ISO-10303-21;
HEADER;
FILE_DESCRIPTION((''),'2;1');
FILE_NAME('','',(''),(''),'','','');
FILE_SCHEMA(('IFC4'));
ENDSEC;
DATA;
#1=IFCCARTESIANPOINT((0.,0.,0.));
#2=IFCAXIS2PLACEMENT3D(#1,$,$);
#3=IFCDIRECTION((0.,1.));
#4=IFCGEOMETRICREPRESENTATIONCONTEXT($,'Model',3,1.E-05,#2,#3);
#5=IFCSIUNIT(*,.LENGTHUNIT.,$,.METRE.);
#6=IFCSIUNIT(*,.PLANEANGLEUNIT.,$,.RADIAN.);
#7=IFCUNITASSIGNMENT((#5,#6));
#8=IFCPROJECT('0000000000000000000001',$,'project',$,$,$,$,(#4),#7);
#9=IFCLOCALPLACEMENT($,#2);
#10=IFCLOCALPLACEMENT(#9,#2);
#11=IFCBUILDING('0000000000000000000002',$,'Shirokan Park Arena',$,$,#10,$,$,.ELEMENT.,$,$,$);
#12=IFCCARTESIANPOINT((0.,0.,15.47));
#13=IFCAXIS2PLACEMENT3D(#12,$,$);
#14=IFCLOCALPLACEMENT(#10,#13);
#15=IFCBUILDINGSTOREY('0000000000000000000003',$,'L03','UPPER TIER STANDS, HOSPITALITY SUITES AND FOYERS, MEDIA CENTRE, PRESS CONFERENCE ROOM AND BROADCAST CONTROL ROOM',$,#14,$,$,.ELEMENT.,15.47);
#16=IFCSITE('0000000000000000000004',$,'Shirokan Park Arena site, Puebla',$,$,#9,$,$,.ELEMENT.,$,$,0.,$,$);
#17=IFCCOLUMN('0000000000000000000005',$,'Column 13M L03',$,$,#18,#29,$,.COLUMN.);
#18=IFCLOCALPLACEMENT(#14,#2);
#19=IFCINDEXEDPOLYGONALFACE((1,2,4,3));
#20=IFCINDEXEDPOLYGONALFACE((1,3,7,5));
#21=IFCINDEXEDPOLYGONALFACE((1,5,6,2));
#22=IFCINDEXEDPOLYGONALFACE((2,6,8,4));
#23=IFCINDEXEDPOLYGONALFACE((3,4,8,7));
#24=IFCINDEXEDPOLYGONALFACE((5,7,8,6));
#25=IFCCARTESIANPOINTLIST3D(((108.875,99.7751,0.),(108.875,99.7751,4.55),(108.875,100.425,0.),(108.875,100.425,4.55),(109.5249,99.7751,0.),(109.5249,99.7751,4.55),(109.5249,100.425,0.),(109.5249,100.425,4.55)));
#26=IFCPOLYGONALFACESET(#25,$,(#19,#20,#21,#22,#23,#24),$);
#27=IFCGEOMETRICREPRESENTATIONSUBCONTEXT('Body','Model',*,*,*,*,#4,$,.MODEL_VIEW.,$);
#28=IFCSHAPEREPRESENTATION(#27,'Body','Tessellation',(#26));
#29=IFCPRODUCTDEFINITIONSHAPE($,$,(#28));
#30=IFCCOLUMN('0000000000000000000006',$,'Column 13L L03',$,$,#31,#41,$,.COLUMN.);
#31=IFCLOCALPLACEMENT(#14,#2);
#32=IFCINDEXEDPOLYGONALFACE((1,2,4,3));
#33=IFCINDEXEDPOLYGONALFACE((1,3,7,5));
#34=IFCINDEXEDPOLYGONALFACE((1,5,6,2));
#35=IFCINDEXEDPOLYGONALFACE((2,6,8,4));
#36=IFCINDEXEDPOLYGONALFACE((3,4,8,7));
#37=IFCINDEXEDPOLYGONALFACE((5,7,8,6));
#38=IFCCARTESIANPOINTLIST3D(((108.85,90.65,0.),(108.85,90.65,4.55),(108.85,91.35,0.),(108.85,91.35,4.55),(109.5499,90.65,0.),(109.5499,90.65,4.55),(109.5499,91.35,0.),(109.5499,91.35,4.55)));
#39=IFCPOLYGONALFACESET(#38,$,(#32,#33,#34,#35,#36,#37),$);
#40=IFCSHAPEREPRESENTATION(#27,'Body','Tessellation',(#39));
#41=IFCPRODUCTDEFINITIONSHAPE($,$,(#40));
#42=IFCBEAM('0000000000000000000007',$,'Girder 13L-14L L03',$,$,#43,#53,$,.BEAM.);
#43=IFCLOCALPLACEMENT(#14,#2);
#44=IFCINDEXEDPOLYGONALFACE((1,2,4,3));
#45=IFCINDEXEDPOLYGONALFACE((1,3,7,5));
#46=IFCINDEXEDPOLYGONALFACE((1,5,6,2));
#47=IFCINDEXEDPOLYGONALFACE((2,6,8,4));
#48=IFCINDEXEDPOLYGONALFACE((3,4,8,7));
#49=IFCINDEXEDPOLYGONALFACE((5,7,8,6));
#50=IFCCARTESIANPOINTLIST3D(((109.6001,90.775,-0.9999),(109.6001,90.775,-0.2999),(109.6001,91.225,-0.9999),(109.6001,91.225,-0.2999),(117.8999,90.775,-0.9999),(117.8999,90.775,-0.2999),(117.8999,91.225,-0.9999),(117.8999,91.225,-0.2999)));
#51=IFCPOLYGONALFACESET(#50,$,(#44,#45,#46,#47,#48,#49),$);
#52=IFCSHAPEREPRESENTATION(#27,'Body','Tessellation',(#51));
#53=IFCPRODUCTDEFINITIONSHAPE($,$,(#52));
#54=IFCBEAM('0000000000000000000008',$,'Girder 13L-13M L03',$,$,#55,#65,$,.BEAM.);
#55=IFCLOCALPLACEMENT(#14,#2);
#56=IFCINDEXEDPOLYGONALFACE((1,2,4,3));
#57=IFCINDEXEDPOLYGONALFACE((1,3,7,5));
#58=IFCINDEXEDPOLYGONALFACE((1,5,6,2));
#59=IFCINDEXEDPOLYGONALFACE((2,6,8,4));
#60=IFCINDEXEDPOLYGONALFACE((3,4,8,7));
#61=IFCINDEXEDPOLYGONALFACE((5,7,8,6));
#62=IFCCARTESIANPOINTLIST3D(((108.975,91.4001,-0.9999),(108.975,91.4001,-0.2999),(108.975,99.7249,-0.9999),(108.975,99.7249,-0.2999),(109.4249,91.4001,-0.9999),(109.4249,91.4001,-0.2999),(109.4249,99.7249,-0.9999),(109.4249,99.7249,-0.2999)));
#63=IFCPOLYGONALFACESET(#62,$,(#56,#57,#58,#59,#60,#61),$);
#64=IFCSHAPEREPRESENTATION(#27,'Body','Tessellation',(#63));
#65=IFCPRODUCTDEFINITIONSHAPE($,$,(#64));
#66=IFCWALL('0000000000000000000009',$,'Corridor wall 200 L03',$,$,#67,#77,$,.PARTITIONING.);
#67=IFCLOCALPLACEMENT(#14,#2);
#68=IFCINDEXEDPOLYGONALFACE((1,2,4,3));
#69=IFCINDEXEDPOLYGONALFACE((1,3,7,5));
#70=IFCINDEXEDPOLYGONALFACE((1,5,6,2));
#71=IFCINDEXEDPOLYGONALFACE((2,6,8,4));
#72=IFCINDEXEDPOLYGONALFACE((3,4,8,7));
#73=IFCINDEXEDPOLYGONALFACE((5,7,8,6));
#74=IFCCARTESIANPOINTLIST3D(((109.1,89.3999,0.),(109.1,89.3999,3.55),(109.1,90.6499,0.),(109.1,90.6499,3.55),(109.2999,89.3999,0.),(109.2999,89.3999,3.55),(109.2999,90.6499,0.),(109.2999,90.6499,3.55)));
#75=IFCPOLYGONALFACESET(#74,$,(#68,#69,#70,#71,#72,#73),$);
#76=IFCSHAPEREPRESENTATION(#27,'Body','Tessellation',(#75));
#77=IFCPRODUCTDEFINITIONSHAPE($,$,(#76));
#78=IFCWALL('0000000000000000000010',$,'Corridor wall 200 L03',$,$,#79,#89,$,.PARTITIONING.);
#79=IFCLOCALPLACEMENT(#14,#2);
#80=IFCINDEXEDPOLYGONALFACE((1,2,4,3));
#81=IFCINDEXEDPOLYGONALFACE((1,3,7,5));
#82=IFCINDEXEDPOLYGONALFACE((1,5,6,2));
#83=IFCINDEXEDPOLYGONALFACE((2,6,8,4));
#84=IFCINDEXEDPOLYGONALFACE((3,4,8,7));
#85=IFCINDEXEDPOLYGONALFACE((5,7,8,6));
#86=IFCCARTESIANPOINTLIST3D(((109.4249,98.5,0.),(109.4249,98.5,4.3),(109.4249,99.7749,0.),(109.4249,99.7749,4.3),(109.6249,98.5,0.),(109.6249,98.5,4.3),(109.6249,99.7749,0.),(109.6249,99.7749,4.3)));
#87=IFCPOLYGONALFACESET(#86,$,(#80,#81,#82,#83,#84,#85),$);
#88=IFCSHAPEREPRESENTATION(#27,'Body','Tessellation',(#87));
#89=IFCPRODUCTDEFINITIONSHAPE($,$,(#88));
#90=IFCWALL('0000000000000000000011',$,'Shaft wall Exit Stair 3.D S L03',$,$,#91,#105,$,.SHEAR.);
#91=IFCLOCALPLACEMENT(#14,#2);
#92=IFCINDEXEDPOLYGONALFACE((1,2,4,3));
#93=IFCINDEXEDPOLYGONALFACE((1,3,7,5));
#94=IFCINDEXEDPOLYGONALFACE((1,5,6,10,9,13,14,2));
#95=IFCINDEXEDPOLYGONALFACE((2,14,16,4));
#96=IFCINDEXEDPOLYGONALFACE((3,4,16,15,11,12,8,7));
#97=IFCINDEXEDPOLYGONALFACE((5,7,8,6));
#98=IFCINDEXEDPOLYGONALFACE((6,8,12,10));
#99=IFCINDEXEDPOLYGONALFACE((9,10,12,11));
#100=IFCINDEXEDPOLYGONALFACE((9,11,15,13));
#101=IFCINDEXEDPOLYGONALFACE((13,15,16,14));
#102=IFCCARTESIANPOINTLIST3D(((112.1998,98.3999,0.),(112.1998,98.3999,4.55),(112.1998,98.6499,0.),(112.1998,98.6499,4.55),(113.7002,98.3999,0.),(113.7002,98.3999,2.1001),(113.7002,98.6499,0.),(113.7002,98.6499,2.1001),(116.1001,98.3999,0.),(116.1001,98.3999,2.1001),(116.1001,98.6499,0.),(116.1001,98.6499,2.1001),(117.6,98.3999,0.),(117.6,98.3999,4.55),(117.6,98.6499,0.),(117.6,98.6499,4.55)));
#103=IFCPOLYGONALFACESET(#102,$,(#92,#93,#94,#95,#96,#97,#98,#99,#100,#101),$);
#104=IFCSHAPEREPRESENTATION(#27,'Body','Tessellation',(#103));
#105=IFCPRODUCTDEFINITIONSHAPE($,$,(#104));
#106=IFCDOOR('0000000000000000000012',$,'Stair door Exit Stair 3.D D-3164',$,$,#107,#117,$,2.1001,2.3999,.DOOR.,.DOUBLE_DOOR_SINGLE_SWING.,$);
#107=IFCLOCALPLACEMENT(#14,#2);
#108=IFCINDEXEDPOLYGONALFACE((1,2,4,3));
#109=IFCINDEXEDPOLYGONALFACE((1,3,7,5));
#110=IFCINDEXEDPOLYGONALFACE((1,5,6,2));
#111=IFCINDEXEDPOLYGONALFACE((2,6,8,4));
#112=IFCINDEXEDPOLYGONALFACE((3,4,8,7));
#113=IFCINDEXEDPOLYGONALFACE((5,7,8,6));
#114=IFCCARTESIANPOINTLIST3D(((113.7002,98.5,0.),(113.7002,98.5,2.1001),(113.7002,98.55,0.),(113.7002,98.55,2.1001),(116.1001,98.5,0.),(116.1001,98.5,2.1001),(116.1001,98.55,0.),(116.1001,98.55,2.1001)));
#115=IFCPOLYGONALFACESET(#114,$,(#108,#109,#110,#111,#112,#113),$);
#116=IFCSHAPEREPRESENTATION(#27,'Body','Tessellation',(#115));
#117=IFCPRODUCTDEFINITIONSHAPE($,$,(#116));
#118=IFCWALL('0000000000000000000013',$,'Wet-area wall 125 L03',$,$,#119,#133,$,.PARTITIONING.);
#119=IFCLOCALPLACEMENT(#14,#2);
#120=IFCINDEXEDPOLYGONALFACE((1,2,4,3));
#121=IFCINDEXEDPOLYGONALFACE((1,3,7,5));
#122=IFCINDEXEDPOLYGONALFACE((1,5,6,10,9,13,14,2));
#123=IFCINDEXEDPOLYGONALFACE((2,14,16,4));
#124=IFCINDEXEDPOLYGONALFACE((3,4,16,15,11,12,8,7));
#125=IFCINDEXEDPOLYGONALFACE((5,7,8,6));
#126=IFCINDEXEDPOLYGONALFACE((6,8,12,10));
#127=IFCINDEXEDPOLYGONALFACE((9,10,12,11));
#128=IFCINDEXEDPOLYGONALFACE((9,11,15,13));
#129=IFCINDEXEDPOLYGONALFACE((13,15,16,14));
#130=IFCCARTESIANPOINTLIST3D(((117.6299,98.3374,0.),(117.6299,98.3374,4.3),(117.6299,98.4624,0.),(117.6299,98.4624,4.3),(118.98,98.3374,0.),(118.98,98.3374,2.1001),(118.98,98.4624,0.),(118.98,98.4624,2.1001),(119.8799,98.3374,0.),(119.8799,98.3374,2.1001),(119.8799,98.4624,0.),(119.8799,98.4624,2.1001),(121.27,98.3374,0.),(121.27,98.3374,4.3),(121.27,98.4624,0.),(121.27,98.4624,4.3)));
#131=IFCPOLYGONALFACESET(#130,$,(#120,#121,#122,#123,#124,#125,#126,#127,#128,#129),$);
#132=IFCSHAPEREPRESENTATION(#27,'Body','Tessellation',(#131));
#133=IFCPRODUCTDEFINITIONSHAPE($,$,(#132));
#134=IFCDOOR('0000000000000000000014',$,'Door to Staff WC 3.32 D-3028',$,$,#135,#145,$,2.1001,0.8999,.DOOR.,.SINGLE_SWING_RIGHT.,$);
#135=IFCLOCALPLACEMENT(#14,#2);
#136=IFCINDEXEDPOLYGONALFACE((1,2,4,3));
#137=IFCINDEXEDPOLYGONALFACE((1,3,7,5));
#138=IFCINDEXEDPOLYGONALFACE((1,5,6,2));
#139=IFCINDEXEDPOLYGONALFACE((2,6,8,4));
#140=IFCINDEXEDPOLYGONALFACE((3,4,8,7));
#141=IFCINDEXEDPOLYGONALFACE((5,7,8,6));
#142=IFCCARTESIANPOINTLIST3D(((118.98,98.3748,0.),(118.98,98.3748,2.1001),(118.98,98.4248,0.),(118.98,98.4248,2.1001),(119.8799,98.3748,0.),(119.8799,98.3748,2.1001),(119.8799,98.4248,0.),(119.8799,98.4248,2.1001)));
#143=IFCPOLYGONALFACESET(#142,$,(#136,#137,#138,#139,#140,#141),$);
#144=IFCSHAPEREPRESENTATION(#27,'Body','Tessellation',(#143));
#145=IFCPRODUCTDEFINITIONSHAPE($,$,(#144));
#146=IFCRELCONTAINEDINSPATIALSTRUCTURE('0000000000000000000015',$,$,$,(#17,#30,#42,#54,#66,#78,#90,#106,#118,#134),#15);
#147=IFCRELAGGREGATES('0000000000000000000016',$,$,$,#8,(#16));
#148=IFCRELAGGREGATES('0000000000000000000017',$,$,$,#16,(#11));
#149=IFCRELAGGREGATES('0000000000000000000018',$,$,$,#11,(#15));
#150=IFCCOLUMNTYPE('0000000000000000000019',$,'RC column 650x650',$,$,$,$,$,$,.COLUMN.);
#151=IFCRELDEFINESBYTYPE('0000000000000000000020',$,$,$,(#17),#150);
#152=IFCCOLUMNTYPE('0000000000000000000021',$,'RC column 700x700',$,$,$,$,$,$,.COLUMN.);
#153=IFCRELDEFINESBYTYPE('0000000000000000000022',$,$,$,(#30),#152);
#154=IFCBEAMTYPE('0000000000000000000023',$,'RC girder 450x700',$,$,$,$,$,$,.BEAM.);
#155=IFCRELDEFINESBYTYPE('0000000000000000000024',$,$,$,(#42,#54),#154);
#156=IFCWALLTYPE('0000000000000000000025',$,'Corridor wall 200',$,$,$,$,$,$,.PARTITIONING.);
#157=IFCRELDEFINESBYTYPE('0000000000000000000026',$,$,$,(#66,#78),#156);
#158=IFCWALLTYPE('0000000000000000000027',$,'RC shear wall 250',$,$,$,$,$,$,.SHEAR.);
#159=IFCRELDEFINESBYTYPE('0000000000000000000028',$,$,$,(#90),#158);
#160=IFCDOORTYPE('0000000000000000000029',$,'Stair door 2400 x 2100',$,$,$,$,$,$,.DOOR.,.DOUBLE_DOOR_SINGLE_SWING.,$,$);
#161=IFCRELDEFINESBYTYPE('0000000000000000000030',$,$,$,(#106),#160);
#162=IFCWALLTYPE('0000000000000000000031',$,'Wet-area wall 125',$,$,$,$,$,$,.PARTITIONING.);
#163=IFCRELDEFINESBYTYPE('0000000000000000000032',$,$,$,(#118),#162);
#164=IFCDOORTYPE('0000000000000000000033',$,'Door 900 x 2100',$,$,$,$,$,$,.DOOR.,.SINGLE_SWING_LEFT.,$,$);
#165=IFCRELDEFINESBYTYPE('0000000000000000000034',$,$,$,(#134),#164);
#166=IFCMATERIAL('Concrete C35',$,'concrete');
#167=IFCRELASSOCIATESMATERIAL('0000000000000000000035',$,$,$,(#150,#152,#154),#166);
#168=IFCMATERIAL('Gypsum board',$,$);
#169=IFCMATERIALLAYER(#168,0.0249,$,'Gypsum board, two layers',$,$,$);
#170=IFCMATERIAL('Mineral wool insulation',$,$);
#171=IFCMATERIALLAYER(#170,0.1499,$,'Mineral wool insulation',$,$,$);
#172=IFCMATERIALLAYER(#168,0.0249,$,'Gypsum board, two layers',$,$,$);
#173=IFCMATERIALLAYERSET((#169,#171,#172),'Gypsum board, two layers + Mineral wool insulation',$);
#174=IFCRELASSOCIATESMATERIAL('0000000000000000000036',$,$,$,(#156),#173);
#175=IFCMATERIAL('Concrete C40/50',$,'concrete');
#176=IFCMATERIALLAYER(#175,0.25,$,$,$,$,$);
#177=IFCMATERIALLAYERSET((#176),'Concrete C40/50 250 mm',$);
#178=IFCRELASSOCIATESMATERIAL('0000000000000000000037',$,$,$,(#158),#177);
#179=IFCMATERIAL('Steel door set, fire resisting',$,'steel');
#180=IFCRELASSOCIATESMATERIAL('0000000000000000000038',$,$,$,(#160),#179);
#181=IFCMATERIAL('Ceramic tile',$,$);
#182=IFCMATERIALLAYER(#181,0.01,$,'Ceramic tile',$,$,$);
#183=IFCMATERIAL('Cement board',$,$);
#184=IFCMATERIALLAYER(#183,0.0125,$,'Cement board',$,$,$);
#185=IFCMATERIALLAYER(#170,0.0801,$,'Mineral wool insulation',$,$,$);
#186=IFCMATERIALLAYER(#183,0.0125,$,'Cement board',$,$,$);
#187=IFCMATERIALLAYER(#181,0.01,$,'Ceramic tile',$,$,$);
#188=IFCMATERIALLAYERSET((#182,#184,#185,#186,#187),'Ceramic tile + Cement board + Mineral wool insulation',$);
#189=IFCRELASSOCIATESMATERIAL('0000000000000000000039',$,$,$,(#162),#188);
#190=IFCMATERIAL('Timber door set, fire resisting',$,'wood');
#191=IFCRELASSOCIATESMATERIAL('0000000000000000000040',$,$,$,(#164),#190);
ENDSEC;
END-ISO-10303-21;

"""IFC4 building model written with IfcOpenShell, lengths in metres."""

from ifc_helpers import new_model, si_unit, direction, frame, frame_2d, origin, origin_2d, place, context, subcontext, project, spatial, rectangle, extrude, material, layer, layer_set, material_profile, profile_set, type_object, element, fill, save


model = new_model("IFC4")

# Units and contexts
model_context = context("Model", 3, precision=1e-05, world=origin(), true_north=direction((0.0, 1.0)))
body_context = subcontext(model_context, "Body", "Model", "MODEL_VIEW")
ifc_project = project(units=[si_unit("LENGTHUNIT", "METRE"), si_unit("PLANEANGLEUNIT", "RADIAN")], contexts=[model_context])

# Site, building, storey
site_placement = place(None, origin())
site = spatial("IfcSite", under=ifc_project, at=site_placement, Name="Shirokan Park Arena site, Puebla", CompositionType="ELEMENT", RefElevation=0.0)
building_placement = place(site_placement, origin())
building = spatial("IfcBuilding", under=site, at=building_placement, Name="Shirokan Park Arena", CompositionType="ELEMENT")
storey_placement = place(building_placement, frame((0.0, 0.0, 15.47)))
storey = spatial("IfcBuildingStorey", under=building, at=storey_placement, Name="L03", Description="UPPER TIER STANDS, HOSPITALITY SUITES AND FOYERS, MEDIA CENTRE, PRESS CONFERENCE ROOM AND BROADCAST CONTROL ROOM", CompositionType="ELEMENT", Elevation=15.47)

# Columns
ifc_material_1 = material(Name="Concrete C35", Category="concrete")
ifc_material_profile_1 = material_profile(ifc_material_1, rectangle(XDim=0.6499, YDim=0.6499, at=origin_2d()), Name="650x650")
ifc_profile_set_1 = profile_set([ifc_material_profile_1], Name="Concrete C35")
column_type_1 = type_object("IfcColumnType", Name="RC column 650x650", PredefinedType="COLUMN", material=ifc_profile_set_1)
column_1_placement = place(storey_placement, frame((109.2, 100.1001, 0.0), z_axis=(0.0, 0.0, 1.0), x_axis=(1.0, 0.0, 0.0)))
element("IfcColumn", 1, at=column_1_placement, inside=storey, type_object=column_type_1, Name="Column 13M L03", PredefinedType="COLUMN", context=body_context, shape_type="SweptSolid", body=[
    extrude(rectangle(XDim=0.6499, YDim=0.6499, at=origin_2d()), origin(), (0.0, 0.0, 1.0), 4.55),
])
ifc_material_profile_2 = material_profile(ifc_material_1, rectangle(XDim=0.7, YDim=0.7, at=origin_2d()), Name="700x700")
ifc_profile_set_2 = profile_set([ifc_material_profile_2], Name="Concrete C35")
column_type_2 = type_object("IfcColumnType", Name="RC column 700x700", PredefinedType="COLUMN", material=ifc_profile_set_2)
column_2_placement = place(storey_placement, frame((109.2, 91.0, 0.0), z_axis=(0.0, 0.0, 1.0), x_axis=(1.0, 0.0, 0.0)))
element("IfcColumn", 2, at=column_2_placement, inside=storey, type_object=column_type_2, Name="Column 13L L03", PredefinedType="COLUMN", context=body_context, shape_type="SweptSolid", body=[
    extrude(rectangle(XDim=0.7, YDim=0.7, at=origin_2d()), origin(), (0.0, 0.0, 1.0), 4.55),
])

# Beams
ifc_material_profile_3 = material_profile(ifc_material_1, rectangle(XDim=0.45, YDim=0.7, at=origin_2d()), Name="450x700")
ifc_profile_set_3 = profile_set([ifc_material_profile_3], Name="Concrete C35")
beam_type = type_object("IfcBeamType", Name="RC girder 450x700", PredefinedType="BEAM", material=ifc_profile_set_3)
beam_1_placement = place(storey_placement, frame((109.6001, 91.0, -0.6499), z_axis=(1.0, 0.0, 0.0), x_axis=(0.0, 1.0, 0.0)))
element("IfcBeam", 3, at=beam_1_placement, inside=storey, type_object=beam_type, Name="Girder 13L-14L L03", PredefinedType="BEAM", context=body_context, shape_type="SweptSolid", body=[
    extrude(rectangle(XDim=0.45, YDim=0.7, at=origin_2d()), origin(), (0.0, 0.0, 1.0), 8.2998),
])
beam_2_placement = place(storey_placement, frame((109.2, 91.4001, -0.6499), z_axis=(0.0, 1.0, 0.0), x_axis=(-1.0, 0.0, 0.0)))
element("IfcBeam", 4, at=beam_2_placement, inside=storey, type_object=beam_type, Name="Girder 13L-13M L03", PredefinedType="BEAM", context=body_context, shape_type="SweptSolid", body=[
    extrude(rectangle(XDim=0.45, YDim=0.7, at=origin_2d()), origin(), (0.0, 0.0, 1.0), 8.3247),
])

# Wall
ifc_material_2 = material(Name="Gypsum board")
ifc_layer_1 = layer(ifc_material_2, 0.0249, Name="Gypsum board, two layers")
ifc_material_3 = material(Name="Mineral wool insulation")
ifc_layer_2 = layer(ifc_material_3, 0.1499, Name="Mineral wool insulation")
ifc_layer_3 = layer(ifc_material_2, 0.0249, Name="Gypsum board, two layers")
ifc_layer_set_1 = layer_set([ifc_layer_1, ifc_layer_2, ifc_layer_3], Name="Gypsum board, two layers + Mineral wool insulation")
wall_type_1 = type_object("IfcWallType", Name="Corridor wall 200", PredefinedType="PARTITIONING", material=ifc_layer_set_1)
wall_1_placement = place(storey_placement, frame((109.2, 89.3999, 0.0), z_axis=(0.0, 0.0, 1.0), x_axis=(0.0, 1.0, 0.0)))
element("IfcWall", 5, at=wall_1_placement, inside=storey, type_object=wall_type_1, Name="Corridor wall 200 L03", PredefinedType="PARTITIONING", context=body_context, shape_type="SweptSolid", body=[
    extrude(rectangle(XDim=1.25, YDim=0.2, at=frame_2d((0.625, 0.0))), origin(), (0.0, 0.0, 1.0), 3.55),
])

# Wall
wall_2_placement = place(storey_placement, frame((109.5249, 99.7749, 0.0), z_axis=(0.0, 0.0, 1.0), x_axis=(0.0, -1.0, 0.0)))
element("IfcWall", 6, at=wall_2_placement, inside=storey, type_object=wall_type_1, Name="Corridor wall 200 L03", PredefinedType="PARTITIONING", context=body_context, shape_type="SweptSolid", body=[
    extrude(rectangle(XDim=1.2749, YDim=0.2, at=frame_2d((0.6375, 0.0))), origin(), (0.0, 0.0, 1.0), 4.3),
])

# Walls, openings, doors
ifc_material_4 = material(Name="Concrete C40/50", Category="concrete")
ifc_layer_4 = layer(ifc_material_4, 0.25)
ifc_layer_set_2 = layer_set([ifc_layer_4], Name="Concrete C40/50 250 mm")
wall_type_2 = type_object("IfcWallType", Name="RC shear wall 250", PredefinedType="SHEAR", material=ifc_layer_set_2)
wall_3_placement = place(storey_placement, frame((117.6001, 98.5249, 0.0), z_axis=(0.0, 0.0, 1.0), x_axis=(-1.0, 0.0, 0.0)))
wall_3 = element("IfcWall", 7, at=wall_3_placement, inside=storey, type_object=wall_type_2, Name="Shaft wall Exit Stair 3.D S L03", PredefinedType="SHEAR", context=body_context, shape_type="SweptSolid", body=[
    extrude(rectangle(XDim=5.4001, YDim=0.25, at=frame_2d((2.7002, 0.0))), origin(), (0.0, 0.0, 1.0), 4.55),
])
opening_1_placement = place(wall_3_placement, frame((1.5, 0.0, 0.0)))
opening_1 = element("IfcOpeningElement", 8, at=opening_1_placement, cuts=wall_3, PredefinedType="OPENING", context=body_context, shape_type="SweptSolid", body=[
    extrude(rectangle(XDim=2.3999, YDim=2.1001, at=frame_2d((1.2, 1.05))), frame((0.0, 0.135, 0.0), z_axis=(0.0, -1.0, 0.0), x_axis=(1.0, 0.0, 0.0)), (0.0, 0.0, 1.0), 0.27),
])
ifc_material_5 = material(Name="Steel door set, fire resisting", Category="steel")
door_type_1 = type_object("IfcDoorType", Name="Stair door 2400 x 2100", OperationType="DOUBLE_DOOR_SINGLE_SWING", PredefinedType="DOOR", material=ifc_material_5)
door_1_placement = place(opening_1_placement, origin())
door_1 = element("IfcDoor", 9, at=door_1_placement, inside=storey, type_object=door_type_1, Name="Stair door Exit Stair 3.D D-3164", OperationType="DOUBLE_DOOR_SINGLE_SWING", OverallHeight=2.1001, OverallWidth=2.3999, PredefinedType="DOOR", context=body_context, shape_type="SweptSolid", body=[
    extrude(rectangle(XDim=2.3999, YDim=2.1001, at=frame_2d((1.2, 1.05))), frame((0.0, 0.0249, 0.0), z_axis=(0.0, -1.0, 0.0), x_axis=(1.0, 0.0, 0.0)), (0.0, 0.0, 1.0), 0.05),
])
fill(opening_1, door_1)
ifc_material_6 = material(Name="Ceramic tile")
ifc_layer_5 = layer(ifc_material_6, 0.01, Name="Ceramic tile")
ifc_material_7 = material(Name="Cement board")
ifc_layer_6 = layer(ifc_material_7, 0.0125, Name="Cement board")
ifc_layer_7 = layer(ifc_material_3, 0.0801, Name="Mineral wool insulation")
ifc_layer_8 = layer(ifc_material_7, 0.0125, Name="Cement board")
ifc_layer_9 = layer(ifc_material_6, 0.01, Name="Ceramic tile")
ifc_layer_set_3 = layer_set([ifc_layer_5, ifc_layer_6, ifc_layer_7, ifc_layer_8, ifc_layer_9], Name="Ceramic tile + Cement board + Mineral wool insulation")
wall_type_3 = type_object("IfcWallType", Name="Wet-area wall 125", PredefinedType="PARTITIONING", material=ifc_layer_set_3)
wall_4_placement = place(storey_placement, frame((117.6299, 98.3999, 0.0), z_axis=(0.0, 0.0, 1.0), x_axis=(1.0, 0.0, 0.0)))
wall_4 = element("IfcWall", 10, at=wall_4_placement, inside=storey, type_object=wall_type_3, Name="Wet-area wall 125 L03", PredefinedType="PARTITIONING", context=body_context, shape_type="SweptSolid", body=[
    extrude(rectangle(XDim=3.6401, YDim=0.125, at=frame_2d((1.8201, 0.0))), origin(), (0.0, 0.0, 1.0), 4.3),
])
opening_2_placement = place(wall_4_placement, frame((1.3501, 0.0, 0.0)))
opening_2 = element("IfcOpeningElement", 11, at=opening_2_placement, cuts=wall_4, PredefinedType="OPENING", context=body_context, shape_type="SweptSolid", body=[
    extrude(rectangle(XDim=0.8999, YDim=2.1001, at=frame_2d((0.45, 1.05))), frame((0.0, 0.0725, 0.0), z_axis=(0.0, -1.0, 0.0), x_axis=(1.0, 0.0, 0.0)), (0.0, 0.0, 1.0), 0.145),
])
ifc_material_8 = material(Name="Timber door set, fire resisting", Category="wood")
door_type_2 = type_object("IfcDoorType", Name="Door 900 x 2100", OperationType="SINGLE_SWING_LEFT", PredefinedType="DOOR", material=ifc_material_8)
door_2_placement = place(opening_2_placement, origin())
door_2 = element("IfcDoor", 12, at=door_2_placement, inside=storey, type_object=door_type_2, Name="Door to Staff WC 3.32 D-3028", OperationType="SINGLE_SWING_RIGHT", OverallHeight=2.1001, OverallWidth=0.8999, PredefinedType="DOOR", context=body_context, shape_type="SweptSolid", body=[
    extrude(rectangle(XDim=0.8999, YDim=2.1001, at=frame_2d((0.45, 1.05))), frame((0.0, 0.0249, 0.0), z_axis=(0.0, -1.0, 0.0), x_axis=(1.0, 0.0, 0.0)), (0.0, 0.0, 1.0), 0.05),
])
fill(opening_2, door_2)

save(model, "model.ifc")
